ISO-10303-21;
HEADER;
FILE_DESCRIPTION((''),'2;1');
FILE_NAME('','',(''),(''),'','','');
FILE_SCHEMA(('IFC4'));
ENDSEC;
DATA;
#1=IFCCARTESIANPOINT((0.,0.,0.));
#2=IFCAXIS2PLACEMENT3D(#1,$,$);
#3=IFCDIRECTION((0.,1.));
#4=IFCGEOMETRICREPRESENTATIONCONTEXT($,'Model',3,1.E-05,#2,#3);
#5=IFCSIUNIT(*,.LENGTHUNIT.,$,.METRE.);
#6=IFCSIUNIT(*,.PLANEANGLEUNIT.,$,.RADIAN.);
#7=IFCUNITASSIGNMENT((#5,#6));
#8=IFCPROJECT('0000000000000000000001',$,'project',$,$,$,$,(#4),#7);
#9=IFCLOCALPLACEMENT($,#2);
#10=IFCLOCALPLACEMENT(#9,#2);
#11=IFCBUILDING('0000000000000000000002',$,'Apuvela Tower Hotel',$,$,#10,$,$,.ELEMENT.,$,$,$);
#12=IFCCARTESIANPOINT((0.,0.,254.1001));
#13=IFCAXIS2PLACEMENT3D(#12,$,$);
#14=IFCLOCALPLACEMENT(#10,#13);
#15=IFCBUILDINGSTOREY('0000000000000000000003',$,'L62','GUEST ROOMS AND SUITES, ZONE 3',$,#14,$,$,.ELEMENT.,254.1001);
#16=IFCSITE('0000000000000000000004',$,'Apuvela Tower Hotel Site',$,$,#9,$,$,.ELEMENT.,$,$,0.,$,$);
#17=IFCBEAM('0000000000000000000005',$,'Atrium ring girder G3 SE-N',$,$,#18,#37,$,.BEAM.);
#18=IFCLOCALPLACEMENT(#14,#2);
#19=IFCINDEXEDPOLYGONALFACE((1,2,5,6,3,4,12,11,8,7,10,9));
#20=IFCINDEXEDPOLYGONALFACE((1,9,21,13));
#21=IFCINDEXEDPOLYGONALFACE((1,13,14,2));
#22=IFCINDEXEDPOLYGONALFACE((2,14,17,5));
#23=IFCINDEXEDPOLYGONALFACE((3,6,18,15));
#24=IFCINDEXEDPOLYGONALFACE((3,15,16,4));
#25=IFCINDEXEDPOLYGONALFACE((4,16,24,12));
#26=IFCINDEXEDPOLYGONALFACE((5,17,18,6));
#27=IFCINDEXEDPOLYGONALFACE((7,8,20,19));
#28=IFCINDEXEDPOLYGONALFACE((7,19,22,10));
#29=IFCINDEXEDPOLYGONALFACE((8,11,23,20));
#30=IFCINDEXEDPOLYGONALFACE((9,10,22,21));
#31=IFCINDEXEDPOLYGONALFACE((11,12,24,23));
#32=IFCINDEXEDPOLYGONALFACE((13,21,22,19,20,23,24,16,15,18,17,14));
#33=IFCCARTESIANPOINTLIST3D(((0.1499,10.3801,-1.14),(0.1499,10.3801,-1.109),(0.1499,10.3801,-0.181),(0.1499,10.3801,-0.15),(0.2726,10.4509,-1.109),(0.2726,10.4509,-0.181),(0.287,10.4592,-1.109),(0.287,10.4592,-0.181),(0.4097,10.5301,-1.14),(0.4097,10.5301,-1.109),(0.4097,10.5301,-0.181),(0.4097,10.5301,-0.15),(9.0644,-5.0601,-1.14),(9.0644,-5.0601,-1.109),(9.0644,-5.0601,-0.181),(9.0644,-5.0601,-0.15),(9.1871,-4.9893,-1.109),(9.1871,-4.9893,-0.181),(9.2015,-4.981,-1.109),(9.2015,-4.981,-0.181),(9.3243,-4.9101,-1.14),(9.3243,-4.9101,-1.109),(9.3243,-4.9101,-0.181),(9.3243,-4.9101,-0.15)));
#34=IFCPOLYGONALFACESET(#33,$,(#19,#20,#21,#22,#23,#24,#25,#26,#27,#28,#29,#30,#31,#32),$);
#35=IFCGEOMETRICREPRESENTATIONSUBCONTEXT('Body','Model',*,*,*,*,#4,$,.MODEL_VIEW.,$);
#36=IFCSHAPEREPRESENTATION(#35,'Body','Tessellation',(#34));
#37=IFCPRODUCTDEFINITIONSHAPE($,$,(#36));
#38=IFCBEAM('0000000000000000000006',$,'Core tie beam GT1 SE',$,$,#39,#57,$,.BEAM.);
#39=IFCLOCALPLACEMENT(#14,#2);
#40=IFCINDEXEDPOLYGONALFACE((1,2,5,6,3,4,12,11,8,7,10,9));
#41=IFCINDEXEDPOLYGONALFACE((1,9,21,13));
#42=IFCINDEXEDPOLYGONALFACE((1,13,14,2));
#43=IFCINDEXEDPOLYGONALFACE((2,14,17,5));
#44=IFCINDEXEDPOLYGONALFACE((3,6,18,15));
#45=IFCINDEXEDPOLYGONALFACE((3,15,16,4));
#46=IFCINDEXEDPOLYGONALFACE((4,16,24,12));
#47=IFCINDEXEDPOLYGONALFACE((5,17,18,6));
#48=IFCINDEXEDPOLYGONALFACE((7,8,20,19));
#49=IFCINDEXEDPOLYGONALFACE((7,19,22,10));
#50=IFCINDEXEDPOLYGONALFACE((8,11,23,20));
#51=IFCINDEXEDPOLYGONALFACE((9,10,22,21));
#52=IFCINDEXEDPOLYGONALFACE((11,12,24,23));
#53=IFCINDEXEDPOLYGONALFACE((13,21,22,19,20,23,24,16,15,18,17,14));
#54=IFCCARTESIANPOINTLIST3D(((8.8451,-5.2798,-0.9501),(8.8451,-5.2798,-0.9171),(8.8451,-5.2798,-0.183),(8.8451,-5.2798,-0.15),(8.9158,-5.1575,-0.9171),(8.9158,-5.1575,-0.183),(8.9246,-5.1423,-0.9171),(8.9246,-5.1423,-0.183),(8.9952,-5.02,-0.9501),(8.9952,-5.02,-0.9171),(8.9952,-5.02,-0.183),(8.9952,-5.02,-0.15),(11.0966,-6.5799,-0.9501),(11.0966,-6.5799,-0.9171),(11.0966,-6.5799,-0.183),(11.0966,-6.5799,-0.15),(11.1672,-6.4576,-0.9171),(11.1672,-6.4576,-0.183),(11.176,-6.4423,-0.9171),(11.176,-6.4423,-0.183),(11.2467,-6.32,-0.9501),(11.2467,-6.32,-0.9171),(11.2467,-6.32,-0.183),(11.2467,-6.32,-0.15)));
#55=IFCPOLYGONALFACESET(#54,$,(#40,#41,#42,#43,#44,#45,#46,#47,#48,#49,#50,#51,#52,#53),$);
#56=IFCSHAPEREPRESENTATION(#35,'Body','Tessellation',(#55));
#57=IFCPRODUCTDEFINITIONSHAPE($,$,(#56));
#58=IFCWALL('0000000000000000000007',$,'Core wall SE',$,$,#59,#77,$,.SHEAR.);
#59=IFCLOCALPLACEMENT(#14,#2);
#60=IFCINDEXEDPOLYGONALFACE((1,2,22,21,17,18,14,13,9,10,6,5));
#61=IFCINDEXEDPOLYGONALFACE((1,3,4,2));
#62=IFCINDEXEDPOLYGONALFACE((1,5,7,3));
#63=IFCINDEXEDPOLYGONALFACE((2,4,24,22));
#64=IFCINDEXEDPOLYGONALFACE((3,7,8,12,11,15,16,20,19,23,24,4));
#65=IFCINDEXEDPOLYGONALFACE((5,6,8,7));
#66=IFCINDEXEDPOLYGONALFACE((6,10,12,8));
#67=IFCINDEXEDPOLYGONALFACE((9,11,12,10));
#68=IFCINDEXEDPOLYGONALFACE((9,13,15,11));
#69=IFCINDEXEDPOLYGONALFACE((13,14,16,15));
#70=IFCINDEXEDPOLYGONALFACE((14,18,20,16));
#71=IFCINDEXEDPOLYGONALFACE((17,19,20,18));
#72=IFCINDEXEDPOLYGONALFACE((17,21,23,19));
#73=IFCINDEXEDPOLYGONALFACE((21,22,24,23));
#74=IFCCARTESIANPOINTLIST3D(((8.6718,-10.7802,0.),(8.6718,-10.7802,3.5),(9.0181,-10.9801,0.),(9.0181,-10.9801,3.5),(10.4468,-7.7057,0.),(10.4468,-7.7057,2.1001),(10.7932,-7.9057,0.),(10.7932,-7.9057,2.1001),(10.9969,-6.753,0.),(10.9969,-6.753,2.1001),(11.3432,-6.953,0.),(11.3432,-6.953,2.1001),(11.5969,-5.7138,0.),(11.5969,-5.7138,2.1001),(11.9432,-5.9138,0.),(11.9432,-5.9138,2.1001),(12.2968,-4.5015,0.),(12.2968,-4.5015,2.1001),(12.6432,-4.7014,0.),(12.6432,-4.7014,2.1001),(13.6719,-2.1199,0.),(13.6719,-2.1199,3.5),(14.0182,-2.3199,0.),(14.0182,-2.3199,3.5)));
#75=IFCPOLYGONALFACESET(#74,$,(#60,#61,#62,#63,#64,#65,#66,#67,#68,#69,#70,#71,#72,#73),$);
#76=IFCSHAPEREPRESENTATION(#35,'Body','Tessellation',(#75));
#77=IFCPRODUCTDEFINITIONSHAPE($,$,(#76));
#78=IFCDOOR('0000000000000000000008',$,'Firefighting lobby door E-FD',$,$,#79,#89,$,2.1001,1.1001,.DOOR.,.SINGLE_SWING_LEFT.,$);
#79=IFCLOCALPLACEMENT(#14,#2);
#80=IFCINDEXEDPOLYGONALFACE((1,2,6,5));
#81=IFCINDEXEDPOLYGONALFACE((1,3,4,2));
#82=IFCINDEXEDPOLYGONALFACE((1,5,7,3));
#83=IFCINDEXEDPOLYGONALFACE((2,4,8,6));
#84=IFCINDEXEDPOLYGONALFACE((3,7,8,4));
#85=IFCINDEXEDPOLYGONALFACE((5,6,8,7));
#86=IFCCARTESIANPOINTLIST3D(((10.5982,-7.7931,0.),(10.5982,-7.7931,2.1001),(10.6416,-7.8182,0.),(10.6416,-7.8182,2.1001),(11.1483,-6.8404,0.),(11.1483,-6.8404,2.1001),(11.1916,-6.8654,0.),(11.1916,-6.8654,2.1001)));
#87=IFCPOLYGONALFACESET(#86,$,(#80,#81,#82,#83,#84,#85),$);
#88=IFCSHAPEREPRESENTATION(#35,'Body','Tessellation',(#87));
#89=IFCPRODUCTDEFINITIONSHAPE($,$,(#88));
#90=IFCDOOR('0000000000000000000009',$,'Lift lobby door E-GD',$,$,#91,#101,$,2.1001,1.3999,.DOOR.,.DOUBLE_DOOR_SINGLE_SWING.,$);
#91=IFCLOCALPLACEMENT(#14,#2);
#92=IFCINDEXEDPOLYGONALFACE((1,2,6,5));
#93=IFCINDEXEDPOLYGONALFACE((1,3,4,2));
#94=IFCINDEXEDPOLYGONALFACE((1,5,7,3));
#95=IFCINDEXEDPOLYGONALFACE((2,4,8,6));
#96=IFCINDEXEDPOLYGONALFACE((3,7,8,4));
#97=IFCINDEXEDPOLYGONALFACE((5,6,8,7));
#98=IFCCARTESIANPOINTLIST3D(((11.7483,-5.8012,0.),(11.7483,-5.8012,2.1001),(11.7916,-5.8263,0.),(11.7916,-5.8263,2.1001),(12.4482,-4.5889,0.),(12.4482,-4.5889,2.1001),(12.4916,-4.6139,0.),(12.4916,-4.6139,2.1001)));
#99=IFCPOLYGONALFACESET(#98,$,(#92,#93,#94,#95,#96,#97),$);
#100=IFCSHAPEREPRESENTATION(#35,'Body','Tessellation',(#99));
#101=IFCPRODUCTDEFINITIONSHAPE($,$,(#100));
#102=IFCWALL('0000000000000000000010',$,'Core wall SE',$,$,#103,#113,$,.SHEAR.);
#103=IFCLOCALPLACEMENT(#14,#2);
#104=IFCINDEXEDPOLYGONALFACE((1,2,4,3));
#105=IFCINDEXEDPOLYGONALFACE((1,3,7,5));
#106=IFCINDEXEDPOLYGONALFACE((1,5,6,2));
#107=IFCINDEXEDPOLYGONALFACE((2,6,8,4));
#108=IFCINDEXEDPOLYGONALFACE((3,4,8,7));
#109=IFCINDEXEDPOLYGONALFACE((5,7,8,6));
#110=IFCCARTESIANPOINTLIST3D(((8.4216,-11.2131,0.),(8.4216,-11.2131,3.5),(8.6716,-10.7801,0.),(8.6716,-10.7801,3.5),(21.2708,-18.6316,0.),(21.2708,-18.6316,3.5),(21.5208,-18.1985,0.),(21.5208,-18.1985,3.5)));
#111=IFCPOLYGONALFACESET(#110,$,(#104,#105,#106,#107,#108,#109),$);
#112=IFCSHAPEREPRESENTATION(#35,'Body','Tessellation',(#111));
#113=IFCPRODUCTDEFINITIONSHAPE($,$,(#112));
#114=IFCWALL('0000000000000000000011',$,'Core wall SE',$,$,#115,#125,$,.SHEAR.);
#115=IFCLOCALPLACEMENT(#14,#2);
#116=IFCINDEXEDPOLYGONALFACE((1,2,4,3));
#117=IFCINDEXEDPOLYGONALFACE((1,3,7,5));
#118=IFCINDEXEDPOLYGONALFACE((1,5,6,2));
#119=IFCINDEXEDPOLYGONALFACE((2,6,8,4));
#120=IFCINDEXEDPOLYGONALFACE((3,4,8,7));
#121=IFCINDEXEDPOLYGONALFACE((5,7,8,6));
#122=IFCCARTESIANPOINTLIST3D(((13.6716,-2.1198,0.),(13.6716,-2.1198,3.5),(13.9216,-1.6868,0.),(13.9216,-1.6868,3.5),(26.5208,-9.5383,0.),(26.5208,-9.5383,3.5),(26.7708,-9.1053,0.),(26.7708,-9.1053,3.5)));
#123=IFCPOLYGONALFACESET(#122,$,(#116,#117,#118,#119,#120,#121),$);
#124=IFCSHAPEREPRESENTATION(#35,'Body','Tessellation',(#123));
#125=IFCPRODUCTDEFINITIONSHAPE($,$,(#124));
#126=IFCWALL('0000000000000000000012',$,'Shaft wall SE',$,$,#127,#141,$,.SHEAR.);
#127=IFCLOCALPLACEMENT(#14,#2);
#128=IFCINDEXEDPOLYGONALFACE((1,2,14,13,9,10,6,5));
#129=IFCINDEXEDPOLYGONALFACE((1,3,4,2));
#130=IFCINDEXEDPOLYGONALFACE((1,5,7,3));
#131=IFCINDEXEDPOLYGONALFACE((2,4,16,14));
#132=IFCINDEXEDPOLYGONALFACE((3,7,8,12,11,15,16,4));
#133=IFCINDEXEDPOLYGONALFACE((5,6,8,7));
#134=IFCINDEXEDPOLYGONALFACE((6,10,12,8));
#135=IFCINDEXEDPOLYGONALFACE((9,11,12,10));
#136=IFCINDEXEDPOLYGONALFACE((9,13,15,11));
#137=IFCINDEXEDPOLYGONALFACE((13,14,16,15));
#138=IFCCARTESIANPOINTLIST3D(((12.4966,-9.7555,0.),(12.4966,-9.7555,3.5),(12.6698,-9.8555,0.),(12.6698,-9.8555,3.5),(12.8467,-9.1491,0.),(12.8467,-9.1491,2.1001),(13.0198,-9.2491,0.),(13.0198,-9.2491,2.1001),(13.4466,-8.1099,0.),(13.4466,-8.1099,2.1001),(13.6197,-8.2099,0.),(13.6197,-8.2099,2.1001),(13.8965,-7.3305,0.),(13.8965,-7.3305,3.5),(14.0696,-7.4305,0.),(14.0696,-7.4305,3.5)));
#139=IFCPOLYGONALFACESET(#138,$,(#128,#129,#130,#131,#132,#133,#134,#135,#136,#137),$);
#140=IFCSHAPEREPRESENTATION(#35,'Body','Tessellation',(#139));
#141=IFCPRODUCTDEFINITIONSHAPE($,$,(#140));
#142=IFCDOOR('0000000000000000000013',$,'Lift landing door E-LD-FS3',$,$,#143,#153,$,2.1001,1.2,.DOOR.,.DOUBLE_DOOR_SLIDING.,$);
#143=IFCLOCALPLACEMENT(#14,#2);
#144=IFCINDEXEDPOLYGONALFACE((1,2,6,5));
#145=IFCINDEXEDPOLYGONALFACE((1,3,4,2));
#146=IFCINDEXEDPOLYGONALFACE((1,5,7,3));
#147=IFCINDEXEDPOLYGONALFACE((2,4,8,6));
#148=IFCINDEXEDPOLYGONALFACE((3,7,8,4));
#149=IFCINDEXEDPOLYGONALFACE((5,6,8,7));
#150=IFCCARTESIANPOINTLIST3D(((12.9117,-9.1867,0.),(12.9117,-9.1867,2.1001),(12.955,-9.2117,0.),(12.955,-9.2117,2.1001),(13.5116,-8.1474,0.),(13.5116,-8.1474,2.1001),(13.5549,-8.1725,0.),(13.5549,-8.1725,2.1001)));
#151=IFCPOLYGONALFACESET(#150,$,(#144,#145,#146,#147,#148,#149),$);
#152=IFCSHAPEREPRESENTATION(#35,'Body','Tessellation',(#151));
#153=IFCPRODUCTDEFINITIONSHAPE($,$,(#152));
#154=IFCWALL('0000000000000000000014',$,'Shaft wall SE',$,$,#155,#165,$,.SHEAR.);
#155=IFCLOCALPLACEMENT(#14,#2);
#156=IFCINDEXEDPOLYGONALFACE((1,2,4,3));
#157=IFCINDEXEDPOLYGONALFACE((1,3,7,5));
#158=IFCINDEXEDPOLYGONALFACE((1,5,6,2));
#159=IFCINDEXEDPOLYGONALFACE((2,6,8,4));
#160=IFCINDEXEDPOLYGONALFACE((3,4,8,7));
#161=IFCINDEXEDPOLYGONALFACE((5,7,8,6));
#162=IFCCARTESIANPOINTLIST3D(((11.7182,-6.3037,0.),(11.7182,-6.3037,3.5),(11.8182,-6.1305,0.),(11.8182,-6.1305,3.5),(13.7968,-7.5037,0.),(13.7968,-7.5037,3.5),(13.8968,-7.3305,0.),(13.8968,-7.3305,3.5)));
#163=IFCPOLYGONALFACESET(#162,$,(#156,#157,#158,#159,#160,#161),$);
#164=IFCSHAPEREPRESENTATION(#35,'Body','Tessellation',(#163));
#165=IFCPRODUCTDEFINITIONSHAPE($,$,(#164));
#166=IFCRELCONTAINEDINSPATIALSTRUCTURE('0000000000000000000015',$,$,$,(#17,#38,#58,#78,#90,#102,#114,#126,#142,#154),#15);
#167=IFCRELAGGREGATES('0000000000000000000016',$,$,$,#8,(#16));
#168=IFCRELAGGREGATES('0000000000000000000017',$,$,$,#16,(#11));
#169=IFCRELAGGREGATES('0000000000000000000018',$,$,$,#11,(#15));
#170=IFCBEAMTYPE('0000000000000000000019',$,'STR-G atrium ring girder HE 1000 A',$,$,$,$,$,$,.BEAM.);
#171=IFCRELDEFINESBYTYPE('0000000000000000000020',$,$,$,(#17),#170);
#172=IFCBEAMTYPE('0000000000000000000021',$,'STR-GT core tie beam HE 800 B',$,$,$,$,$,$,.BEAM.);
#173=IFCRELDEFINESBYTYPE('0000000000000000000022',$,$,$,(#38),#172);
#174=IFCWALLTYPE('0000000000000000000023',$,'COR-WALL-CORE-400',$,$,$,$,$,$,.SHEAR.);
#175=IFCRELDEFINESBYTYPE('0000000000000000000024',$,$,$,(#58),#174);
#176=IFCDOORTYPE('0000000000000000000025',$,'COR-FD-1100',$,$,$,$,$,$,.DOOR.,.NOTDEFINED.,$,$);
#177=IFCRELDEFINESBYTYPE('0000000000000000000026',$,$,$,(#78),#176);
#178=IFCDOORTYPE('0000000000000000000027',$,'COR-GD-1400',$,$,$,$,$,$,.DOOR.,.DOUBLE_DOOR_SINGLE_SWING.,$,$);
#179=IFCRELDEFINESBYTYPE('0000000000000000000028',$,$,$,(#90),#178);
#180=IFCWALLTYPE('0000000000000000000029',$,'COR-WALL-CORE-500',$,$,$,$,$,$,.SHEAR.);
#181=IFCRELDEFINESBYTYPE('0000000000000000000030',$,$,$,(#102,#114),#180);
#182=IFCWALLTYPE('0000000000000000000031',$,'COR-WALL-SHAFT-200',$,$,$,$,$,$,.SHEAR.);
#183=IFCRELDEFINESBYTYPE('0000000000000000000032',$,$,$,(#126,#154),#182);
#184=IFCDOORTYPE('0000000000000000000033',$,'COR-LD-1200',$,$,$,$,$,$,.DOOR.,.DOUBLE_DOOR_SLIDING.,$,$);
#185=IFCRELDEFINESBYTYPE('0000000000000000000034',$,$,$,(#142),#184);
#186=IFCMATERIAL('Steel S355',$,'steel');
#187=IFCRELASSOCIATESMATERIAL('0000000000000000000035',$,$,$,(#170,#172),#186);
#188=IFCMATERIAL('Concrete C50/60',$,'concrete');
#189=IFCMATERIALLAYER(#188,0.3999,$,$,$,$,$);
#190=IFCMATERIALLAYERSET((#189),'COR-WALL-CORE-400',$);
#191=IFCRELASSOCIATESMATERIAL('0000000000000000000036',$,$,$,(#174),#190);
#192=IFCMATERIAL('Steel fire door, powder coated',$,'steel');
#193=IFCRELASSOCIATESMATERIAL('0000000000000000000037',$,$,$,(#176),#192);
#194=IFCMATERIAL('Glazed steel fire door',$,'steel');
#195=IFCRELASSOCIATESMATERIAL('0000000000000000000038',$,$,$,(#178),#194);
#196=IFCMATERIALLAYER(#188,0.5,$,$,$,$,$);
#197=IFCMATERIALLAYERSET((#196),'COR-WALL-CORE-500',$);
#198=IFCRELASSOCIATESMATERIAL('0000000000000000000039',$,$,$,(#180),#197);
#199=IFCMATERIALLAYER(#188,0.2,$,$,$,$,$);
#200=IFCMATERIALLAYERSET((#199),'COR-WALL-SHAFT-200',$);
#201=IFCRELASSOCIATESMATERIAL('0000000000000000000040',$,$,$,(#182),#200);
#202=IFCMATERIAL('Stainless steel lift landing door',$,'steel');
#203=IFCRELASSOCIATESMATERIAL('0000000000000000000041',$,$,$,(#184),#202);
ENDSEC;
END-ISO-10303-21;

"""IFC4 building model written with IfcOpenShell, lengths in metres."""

from ifc_helpers import new_model, si_unit, direction, frame, frame_2d, origin, origin_2d, place, context, subcontext, project, spatial, rectangle, i_section, extrude, material, layer, layer_set, material_profile, profile_set, type_object, element, fill, save


model = new_model("IFC4")

# Units and contexts
model_context = context("Model", 3, precision=1e-05, world=origin(), true_north=direction((0.0, 1.0)))
body_context = subcontext(model_context, "Body", "Model", "MODEL_VIEW")
ifc_project = project(units=[si_unit("LENGTHUNIT", "METRE"), si_unit("PLANEANGLEUNIT", "RADIAN")], contexts=[model_context])

# Site, building, storey
site_placement = place(None, origin())
site = spatial("IfcSite", under=ifc_project, at=site_placement, Name="Apuvela Tower Hotel Site", CompositionType="ELEMENT", RefElevation=0.0)
building_placement = place(site_placement, origin())
building = spatial("IfcBuilding", under=site, at=building_placement, Name="Apuvela Tower Hotel", CompositionType="ELEMENT")
storey_placement = place(building_placement, frame((0.0, 0.0, 254.1001)))
storey = spatial("IfcBuildingStorey", under=building, at=storey_placement, Name="L62", Description="GUEST ROOMS AND SUITES, ZONE 3", CompositionType="ELEMENT", Elevation=254.1001)

# Beams
ifc_material_1 = material(Name="Steel S355", Category="steel")
ifc_material_profile_1 = material_profile(ifc_material_1, i_section(OverallWidth=0.3, OverallDepth=0.99, WebThickness=0.0166, FlangeThickness=0.031, at=origin_2d()), Name="HE 1000 A")
ifc_profile_set_1 = profile_set([ifc_material_profile_1], Name="Steel S355")
beam_type_1 = type_object("IfcBeamType", Name="STR-G atrium ring girder HE 1000 A", PredefinedType="BEAM", material=ifc_profile_set_1)
beam_1_placement = place(storey_placement, frame((9.1943, -4.9851, -0.645), z_axis=(-0.500007, 0.866022, 0.0), x_axis=(-0.866022, -0.500007, 0.0)))
element("IfcBeam", 1, at=beam_1_placement, inside=storey, type_object=beam_type_1, Name="Atrium ring girder G3 SE-N", PredefinedType="BEAM", context=body_context, shape_type="SweptSolid", body=[
    extrude(i_section(OverallWidth=0.3, OverallDepth=0.99, WebThickness=0.0166, FlangeThickness=0.031, at=origin_2d()), origin(), (0.0, 0.0, 1.0), 17.8289),
])
ifc_material_profile_2 = material_profile(ifc_material_1, i_section(OverallWidth=0.3, OverallDepth=0.8, WebThickness=0.0176, FlangeThickness=0.033, at=origin_2d()), Name="HE 800 B")
ifc_profile_set_2 = profile_set([ifc_material_profile_2], Name="Steel S355")
beam_type_2 = type_object("IfcBeamType", Name="STR-GT core tie beam HE 800 B", PredefinedType="BEAM", material=ifc_profile_set_2)
beam_2_placement = place(storey_placement, frame((11.1716, -6.45, -0.55), z_axis=(-0.865998, 0.500048, 0.0), x_axis=(-0.500048, -0.865998, 0.0)))
element("IfcBeam", 2, at=beam_2_placement, inside=storey, type_object=beam_type_2, Name="Core tie beam GT1 SE", PredefinedType="BEAM", context=body_context, shape_type="SweptSolid", body=[
    extrude(i_section(OverallWidth=0.3, OverallDepth=0.8, WebThickness=0.0176, FlangeThickness=0.033, at=origin_2d()), origin(), (0.0, 0.0, 1.0), 2.5999),
])

# Wall, openings, doors
ifc_material_2 = material(Name="Concrete C50/60", Category="concrete")
ifc_layer_1 = layer(ifc_material_2, 0.3999)
ifc_layer_set_1 = layer_set([ifc_layer_1], Name="COR-WALL-CORE-400")
wall_type_1 = type_object("IfcWallType", Name="COR-WALL-CORE-400", PredefinedType="SHEAR", material=ifc_layer_set_1)
wall_1_placement = place(storey_placement, frame((8.845, -10.8801, 0.0), z_axis=(0.0, 0.0, 1.0), x_axis=(0.500004, 0.866023, 0.0)))
wall_1 = element("IfcWall", 3, at=wall_1_placement, inside=storey, type_object=wall_type_1, Name="Core wall SE", PredefinedType="SHEAR", context=body_context, shape_type="SweptSolid", body=[
    extrude(rectangle(XDim=10.0, YDim=0.3999, at=frame_2d((5.0, 0.0))), origin(), (0.0, 0.0, 1.0), 3.5),
])
opening_1_placement = place(wall_1_placement, frame((3.55, 0.0, 0.0)))
opening_1 = element("IfcOpeningElement", 4, at=opening_1_placement, cuts=wall_1, PredefinedType="OPENING", context=body_context, shape_type="SweptSolid", body=[
    extrude(rectangle(XDim=1.1001, YDim=2.1001, at=frame_2d((0.55, 1.05))), frame((0.0, 0.21, 0.0), z_axis=(0.0, -1.0, 0.0), x_axis=(1.0, 0.0, 0.0)), (0.0, 0.0, 1.0), 0.4199),
])
opening_2_placement = place(wall_1_placement, frame((5.8501, 0.0, 0.0)))
opening_2 = element("IfcOpeningElement", 5, at=opening_2_placement, cuts=wall_1, PredefinedType="OPENING", context=body_context, shape_type="SweptSolid", body=[
    extrude(rectangle(XDim=1.3999, YDim=2.1001, at=frame_2d((0.7, 1.05))), frame((0.0, 0.21, 0.0), z_axis=(0.0, -1.0, 0.0), x_axis=(1.0, 0.0, 0.0)), (0.0, 0.0, 1.0), 0.4199),
])
ifc_material_3 = material(Name="Steel fire door, powder coated", Category="steel")
door_type_1 = type_object("IfcDoorType", Name="COR-FD-1100", OperationType="NOTDEFINED", PredefinedType="DOOR", material=ifc_material_3)
door_1_placement = place(opening_1_placement, frame((1.1001, 0.0, 0.0), z_axis=(0.0, 0.0, 1.0), x_axis=(-1.0, 0.0, 0.0)))
door_1 = element("IfcDoor", 6, at=door_1_placement, inside=storey, type_object=door_type_1, Name="Firefighting lobby door E-FD", OperationType="SINGLE_SWING_LEFT", OverallHeight=2.1001, OverallWidth=1.1001, PredefinedType="DOOR", context=body_context, shape_type="SweptSolid", body=[
    extrude(rectangle(XDim=1.1001, YDim=2.1001, at=frame_2d((0.55, 1.05))), frame((0.0, 0.0249, 0.0), z_axis=(0.0, -1.0, 0.0), x_axis=(1.0, 0.0, 0.0)), (0.0, 0.0, 1.0), 0.05),
])
fill(opening_1, door_1)
ifc_material_4 = material(Name="Glazed steel fire door", Category="steel")
door_type_2 = type_object("IfcDoorType", Name="COR-GD-1400", OperationType="DOUBLE_DOOR_SINGLE_SWING", PredefinedType="DOOR", material=ifc_material_4)
door_2_placement = place(opening_2_placement, frame((1.3999, 0.0, 0.0), z_axis=(0.0, 0.0, 1.0), x_axis=(-1.0, 0.0, 0.0)))
door_2 = element("IfcDoor", 7, at=door_2_placement, inside=storey, type_object=door_type_2, Name="Lift lobby door E-GD", OperationType="DOUBLE_DOOR_SINGLE_SWING", OverallHeight=2.1001, OverallWidth=1.3999, PredefinedType="DOOR", context=body_context, shape_type="SweptSolid", body=[
    extrude(rectangle(XDim=1.3999, YDim=2.1001, at=frame_2d((0.7, 1.05))), frame((0.0, 0.0249, 0.0), z_axis=(0.0, -1.0, 0.0), x_axis=(1.0, 0.0, 0.0)), (0.0, 0.0, 1.0), 0.05),
])
fill(opening_2, door_2)

# Walls
ifc_layer_2 = layer(ifc_material_2, 0.5)
ifc_layer_set_2 = layer_set([ifc_layer_2], Name="COR-WALL-CORE-500")
wall_type_2 = type_object("IfcWallType", Name="COR-WALL-CORE-500", PredefinedType="SHEAR", material=ifc_layer_set_2)
for number, where, z_axis, x_axis, name in (
    (8, (8.5466, -10.9966, 0.0), (0.0, 0.0, 1.0), (0.866025, -0.500001, 0.0), "Core wall SE"),
    (9, (13.7966, -1.9033, 0.0), (0.0, 0.0, 1.0), (0.866025, -0.500001, 0.0), "Core wall SE"),
):
    element("IfcWall", number, at=place(storey_placement, frame(where, z_axis=z_axis, x_axis=x_axis)), inside=storey, type_object=wall_type_2, Name=name, PredefinedType="SHEAR", context=body_context, shape_type="SweptSolid", body=[
        extrude(rectangle(XDim=14.8369, YDim=0.5, at=frame_2d((7.4185, 0.0))), origin(), (0.0, 0.0, 1.0), 3.5),
    ])

# Wall, opening, door
ifc_layer_3 = layer(ifc_material_2, 0.2)
ifc_layer_set_3 = layer_set([ifc_layer_3], Name="COR-WALL-SHAFT-200")
wall_type_3 = type_object("IfcWallType", Name="COR-WALL-SHAFT-200", PredefinedType="SHEAR", material=ifc_layer_set_3)
wall_2_placement = place(storey_placement, frame((12.5833, -9.8054, 0.0), z_axis=(0.0, 0.0, 1.0), x_axis=(0.499946, 0.866056, 0.0)))
wall_2 = element("IfcWall", 10, at=wall_2_placement, inside=storey, type_object=wall_type_3, Name="Shaft wall SE", PredefinedType="SHEAR", context=body_context, shape_type="SweptSolid", body=[
    extrude(rectangle(XDim=2.8, YDim=0.2, at=frame_2d((1.3999, 0.0))), origin(), (0.0, 0.0, 1.0), 3.5),
])
opening_3_placement = place(wall_2_placement, frame((0.7, 0.0, 0.0)))
opening_3 = element("IfcOpeningElement", 11, at=opening_3_placement, cuts=wall_2, PredefinedType="OPENING", context=body_context, shape_type="SweptSolid", body=[
    extrude(rectangle(XDim=1.2, YDim=2.1001, at=frame_2d((0.6001, 1.05))), frame((0.0, 0.1099, 0.0), z_axis=(0.0, -1.0, 0.0), x_axis=(1.0, 0.0, 0.0)), (0.0, 0.0, 1.0), 0.22),
])
ifc_material_5 = material(Name="Stainless steel lift landing door", Category="steel")
door_type_3 = type_object("IfcDoorType", Name="COR-LD-1200", OperationType="DOUBLE_DOOR_SLIDING", PredefinedType="DOOR", material=ifc_material_5)
door_3_placement = place(opening_3_placement, origin())
door_3 = element("IfcDoor", 12, at=door_3_placement, inside=storey, type_object=door_type_3, Name="Lift landing door E-LD-FS3", OperationType="DOUBLE_DOOR_SLIDING", OverallHeight=2.1001, OverallWidth=1.2, PredefinedType="DOOR", context=body_context, shape_type="SweptSolid", body=[
    extrude(rectangle(XDim=1.2, YDim=2.1001, at=frame_2d((0.6001, 1.05))), frame((0.0, 0.0249, 0.0), z_axis=(0.0, -1.0, 0.0), x_axis=(1.0, 0.0, 0.0)), (0.0, 0.0, 1.0), 0.05),
])
fill(opening_3, door_3)

# Wall
wall_3_placement = place(storey_placement, frame((11.7681, -6.217, 0.0), z_axis=(0.0, 0.0, 1.0), x_axis=(0.86605, -0.499957, 0.0)))
element("IfcWall", 13, at=wall_3_placement, inside=storey, type_object=wall_type_3, Name="Shaft wall SE", PredefinedType="SHEAR", context=body_context, shape_type="SweptSolid", body=[
    extrude(rectangle(XDim=2.4001, YDim=0.2, at=frame_2d((1.2002, 0.0))), origin(), (0.0, 0.0, 1.0), 3.5),
])

save(model, "model.ifc")
